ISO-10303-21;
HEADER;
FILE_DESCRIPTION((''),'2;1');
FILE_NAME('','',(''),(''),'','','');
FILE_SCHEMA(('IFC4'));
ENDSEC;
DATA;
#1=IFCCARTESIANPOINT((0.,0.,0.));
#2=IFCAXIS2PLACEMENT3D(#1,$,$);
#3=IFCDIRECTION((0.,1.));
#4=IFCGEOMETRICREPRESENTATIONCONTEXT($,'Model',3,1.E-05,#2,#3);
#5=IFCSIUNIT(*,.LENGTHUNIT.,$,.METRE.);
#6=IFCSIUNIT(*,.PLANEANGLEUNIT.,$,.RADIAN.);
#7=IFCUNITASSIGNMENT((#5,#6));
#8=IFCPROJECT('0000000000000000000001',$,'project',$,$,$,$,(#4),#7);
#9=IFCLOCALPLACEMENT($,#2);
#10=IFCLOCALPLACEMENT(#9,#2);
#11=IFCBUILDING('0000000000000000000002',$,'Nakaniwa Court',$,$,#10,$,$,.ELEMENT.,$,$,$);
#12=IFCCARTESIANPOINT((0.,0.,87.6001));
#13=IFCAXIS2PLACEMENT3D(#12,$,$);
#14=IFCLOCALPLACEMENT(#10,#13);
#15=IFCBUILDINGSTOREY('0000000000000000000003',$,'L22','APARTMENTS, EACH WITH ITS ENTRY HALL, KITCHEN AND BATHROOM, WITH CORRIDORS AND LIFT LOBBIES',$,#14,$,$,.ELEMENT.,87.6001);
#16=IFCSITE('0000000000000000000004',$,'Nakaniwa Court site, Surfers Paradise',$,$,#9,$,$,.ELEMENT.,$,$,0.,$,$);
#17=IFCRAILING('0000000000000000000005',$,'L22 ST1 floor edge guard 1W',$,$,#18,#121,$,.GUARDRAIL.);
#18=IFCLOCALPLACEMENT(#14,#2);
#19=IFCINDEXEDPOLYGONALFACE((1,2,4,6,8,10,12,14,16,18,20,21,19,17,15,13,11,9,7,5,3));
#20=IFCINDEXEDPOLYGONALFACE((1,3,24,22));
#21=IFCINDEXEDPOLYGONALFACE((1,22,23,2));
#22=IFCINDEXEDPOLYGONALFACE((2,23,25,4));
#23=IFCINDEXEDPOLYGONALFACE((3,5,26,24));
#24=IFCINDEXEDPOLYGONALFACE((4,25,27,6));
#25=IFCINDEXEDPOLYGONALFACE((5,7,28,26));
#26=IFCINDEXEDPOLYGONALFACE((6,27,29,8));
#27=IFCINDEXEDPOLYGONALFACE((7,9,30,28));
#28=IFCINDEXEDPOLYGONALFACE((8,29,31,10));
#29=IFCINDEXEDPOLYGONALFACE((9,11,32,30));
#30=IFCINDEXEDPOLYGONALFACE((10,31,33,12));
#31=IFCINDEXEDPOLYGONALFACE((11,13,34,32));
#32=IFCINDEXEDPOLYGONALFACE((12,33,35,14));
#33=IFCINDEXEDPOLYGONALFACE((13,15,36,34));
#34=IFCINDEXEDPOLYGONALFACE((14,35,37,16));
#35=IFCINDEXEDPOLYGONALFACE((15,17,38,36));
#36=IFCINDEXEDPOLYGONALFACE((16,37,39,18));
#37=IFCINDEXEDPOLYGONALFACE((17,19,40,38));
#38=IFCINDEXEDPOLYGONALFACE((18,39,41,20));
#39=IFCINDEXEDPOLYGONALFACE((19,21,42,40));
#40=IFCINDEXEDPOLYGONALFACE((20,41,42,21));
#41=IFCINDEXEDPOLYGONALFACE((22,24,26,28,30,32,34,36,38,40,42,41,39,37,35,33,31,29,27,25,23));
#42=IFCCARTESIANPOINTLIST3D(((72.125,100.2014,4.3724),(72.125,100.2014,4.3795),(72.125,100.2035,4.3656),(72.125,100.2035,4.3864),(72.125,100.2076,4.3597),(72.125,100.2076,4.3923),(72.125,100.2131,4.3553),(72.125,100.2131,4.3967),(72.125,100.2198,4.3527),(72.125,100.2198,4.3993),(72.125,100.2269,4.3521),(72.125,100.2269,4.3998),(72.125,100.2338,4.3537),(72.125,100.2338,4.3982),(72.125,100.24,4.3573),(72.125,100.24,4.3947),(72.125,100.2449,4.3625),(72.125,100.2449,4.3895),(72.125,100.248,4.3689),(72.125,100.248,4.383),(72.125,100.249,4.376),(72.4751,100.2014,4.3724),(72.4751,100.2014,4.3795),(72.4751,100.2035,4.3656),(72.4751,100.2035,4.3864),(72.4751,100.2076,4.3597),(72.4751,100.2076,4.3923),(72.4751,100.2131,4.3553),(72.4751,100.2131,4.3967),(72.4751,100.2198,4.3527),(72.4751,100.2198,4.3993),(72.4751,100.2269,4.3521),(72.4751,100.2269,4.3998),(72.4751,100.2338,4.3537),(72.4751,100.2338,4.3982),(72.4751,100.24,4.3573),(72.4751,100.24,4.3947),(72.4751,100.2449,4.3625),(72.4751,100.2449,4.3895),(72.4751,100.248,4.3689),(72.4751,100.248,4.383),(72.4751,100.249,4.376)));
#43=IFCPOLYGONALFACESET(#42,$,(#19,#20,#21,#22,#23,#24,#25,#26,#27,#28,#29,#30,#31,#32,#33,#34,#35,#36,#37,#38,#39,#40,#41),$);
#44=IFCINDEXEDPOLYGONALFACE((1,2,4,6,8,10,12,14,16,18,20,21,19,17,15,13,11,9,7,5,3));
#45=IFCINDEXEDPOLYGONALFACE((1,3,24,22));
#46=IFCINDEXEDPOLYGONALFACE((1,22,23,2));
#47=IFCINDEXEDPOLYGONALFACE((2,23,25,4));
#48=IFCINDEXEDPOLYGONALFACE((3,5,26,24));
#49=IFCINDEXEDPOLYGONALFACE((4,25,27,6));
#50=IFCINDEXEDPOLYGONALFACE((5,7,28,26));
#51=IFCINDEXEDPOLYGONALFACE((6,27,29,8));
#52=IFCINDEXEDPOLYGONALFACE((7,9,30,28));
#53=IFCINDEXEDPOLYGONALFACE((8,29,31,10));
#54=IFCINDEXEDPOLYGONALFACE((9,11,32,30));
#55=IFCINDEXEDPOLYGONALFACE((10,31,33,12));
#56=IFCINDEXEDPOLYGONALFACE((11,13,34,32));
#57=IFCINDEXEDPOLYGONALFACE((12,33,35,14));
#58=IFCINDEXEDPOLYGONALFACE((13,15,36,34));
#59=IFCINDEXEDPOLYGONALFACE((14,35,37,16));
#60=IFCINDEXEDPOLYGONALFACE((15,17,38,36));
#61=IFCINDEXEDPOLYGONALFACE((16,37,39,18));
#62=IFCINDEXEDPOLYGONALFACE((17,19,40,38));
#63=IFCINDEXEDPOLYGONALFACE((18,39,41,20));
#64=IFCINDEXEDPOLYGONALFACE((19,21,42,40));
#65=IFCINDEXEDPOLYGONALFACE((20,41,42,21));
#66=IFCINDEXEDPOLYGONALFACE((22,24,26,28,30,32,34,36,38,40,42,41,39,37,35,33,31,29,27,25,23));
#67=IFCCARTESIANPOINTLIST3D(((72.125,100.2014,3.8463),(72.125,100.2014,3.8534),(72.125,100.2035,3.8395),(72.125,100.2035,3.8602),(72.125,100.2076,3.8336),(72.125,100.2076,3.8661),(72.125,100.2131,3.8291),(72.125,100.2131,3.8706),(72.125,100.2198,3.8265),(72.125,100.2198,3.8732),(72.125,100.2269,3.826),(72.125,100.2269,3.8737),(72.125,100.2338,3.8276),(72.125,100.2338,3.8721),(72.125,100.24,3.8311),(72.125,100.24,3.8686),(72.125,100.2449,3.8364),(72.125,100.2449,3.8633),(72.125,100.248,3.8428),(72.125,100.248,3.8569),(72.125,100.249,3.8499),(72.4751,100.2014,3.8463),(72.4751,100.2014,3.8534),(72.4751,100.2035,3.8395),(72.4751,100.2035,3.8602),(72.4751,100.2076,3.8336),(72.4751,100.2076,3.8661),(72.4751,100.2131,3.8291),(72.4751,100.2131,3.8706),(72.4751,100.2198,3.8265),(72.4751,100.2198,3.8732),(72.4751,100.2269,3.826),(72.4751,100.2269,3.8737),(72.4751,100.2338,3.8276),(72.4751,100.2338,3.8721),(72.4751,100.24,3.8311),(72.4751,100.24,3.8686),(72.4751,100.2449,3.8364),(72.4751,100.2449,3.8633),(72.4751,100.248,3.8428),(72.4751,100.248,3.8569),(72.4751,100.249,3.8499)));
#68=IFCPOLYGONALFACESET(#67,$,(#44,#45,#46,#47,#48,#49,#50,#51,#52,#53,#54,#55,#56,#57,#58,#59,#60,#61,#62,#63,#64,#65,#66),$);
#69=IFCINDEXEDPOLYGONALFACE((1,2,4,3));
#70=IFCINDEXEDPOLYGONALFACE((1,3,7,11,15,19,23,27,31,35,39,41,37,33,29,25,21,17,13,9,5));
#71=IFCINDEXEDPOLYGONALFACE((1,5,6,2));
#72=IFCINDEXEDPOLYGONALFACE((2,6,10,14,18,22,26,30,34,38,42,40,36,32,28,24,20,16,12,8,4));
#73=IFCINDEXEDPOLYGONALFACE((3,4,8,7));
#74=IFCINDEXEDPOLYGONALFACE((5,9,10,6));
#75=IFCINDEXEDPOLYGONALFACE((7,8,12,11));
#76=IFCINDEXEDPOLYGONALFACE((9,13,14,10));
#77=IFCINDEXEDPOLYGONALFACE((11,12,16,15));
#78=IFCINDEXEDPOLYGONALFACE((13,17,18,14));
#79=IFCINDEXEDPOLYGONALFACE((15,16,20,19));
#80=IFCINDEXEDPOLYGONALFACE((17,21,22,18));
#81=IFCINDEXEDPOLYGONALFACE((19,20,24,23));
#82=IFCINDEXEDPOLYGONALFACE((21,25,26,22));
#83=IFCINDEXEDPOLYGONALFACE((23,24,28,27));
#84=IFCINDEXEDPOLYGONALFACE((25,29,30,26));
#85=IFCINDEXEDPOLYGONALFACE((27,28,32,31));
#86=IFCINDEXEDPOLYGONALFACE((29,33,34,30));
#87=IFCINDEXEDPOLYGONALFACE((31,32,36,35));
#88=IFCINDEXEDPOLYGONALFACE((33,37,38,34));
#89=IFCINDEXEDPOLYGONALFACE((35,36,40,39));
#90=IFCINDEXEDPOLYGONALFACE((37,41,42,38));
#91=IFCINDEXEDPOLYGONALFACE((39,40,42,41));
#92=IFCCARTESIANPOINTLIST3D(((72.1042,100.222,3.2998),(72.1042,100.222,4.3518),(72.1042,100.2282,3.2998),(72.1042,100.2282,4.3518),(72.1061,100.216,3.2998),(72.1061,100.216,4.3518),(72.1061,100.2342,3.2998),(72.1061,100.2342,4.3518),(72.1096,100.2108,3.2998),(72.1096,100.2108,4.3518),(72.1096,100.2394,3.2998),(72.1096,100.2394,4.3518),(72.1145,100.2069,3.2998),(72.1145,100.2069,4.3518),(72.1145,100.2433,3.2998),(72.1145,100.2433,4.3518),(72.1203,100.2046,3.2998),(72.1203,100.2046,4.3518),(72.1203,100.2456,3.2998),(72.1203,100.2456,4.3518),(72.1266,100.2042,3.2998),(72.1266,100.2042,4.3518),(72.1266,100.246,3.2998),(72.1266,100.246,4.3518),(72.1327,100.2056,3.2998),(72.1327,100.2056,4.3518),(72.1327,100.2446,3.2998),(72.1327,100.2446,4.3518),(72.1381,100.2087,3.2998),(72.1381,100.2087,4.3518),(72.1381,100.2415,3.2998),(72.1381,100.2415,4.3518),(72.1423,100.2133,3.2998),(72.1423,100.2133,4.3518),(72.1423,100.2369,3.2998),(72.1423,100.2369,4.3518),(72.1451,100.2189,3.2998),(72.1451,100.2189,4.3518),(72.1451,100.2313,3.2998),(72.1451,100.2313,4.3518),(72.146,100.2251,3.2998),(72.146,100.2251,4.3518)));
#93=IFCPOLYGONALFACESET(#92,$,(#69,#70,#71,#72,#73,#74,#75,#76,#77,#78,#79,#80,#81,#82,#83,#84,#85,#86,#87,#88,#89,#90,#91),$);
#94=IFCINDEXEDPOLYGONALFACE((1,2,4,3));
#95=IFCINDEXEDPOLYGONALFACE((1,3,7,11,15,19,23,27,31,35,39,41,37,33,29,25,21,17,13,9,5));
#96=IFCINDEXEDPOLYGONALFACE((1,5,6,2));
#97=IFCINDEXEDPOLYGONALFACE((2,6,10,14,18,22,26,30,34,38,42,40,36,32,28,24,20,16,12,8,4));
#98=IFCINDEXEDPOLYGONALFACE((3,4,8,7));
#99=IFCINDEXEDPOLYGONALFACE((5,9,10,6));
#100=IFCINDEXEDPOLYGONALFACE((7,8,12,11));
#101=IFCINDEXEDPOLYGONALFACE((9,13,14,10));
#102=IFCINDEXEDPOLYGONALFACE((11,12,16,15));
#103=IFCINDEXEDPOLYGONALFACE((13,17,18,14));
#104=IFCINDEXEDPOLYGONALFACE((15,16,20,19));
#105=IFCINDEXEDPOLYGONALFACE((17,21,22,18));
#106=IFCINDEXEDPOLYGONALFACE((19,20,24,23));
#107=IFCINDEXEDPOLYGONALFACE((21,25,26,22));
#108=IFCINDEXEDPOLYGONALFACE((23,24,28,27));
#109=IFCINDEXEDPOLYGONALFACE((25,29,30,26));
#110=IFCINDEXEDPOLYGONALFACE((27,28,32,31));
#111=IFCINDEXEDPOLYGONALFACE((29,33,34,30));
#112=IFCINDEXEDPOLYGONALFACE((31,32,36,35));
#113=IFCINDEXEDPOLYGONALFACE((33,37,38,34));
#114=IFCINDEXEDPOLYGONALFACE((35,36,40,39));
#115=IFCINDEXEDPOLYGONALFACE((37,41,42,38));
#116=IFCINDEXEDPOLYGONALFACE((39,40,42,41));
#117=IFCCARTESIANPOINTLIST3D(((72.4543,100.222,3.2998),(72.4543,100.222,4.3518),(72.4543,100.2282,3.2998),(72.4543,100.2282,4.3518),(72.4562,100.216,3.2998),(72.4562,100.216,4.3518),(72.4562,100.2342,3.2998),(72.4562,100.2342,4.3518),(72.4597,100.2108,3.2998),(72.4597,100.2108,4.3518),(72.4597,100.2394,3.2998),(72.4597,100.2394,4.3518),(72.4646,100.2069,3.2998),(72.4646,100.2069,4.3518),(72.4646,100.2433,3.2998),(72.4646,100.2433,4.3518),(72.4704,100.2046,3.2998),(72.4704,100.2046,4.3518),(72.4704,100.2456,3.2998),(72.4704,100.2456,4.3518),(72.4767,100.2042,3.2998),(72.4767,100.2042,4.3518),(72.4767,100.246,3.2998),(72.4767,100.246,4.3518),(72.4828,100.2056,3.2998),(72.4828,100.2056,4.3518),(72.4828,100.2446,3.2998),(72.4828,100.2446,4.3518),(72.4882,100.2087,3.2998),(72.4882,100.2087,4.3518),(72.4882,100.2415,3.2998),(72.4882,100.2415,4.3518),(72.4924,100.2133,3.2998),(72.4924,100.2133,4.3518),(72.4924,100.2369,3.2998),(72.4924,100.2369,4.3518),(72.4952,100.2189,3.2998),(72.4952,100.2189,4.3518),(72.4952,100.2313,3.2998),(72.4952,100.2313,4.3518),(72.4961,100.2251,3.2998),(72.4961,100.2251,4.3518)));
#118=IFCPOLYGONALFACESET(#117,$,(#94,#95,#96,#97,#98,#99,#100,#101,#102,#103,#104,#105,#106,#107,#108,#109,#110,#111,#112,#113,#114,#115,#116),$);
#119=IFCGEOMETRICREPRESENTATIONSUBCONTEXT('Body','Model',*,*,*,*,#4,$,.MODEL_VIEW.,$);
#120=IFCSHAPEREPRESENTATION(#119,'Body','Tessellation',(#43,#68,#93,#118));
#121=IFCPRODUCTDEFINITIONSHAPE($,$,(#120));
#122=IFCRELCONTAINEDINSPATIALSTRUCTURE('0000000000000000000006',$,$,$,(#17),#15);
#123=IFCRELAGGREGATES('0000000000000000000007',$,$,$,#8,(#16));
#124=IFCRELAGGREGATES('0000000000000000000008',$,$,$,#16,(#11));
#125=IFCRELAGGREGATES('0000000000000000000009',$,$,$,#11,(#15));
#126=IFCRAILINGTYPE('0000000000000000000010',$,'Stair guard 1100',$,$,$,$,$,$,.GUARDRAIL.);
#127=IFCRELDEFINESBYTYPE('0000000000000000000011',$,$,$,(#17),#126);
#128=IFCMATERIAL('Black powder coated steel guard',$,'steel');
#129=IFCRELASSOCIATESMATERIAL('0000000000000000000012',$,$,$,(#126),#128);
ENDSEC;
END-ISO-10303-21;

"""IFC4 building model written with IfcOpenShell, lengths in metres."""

from ifc_helpers import new_model, si_unit, direction, frame, origin, origin_2d, place, context, subcontext, project, spatial, circle, extrude, material, type_object, element, save


model = new_model("IFC4")

# Units and contexts
model_context = context("Model", 3, precision=1e-05, world=origin(), true_north=direction((0.0, 1.0)))
body_context = subcontext(model_context, "Body", "Model", "MODEL_VIEW")
ifc_project = project(units=[si_unit("LENGTHUNIT", "METRE"), si_unit("PLANEANGLEUNIT", "RADIAN")], contexts=[model_context])

# Site, building, storey
site_placement = place(None, origin())
site = spatial("IfcSite", under=ifc_project, at=site_placement, Name="Nakaniwa Court site, Surfers Paradise", CompositionType="ELEMENT", RefElevation=0.0)
building_placement = place(site_placement, origin())
building = spatial("IfcBuilding", under=site, at=building_placement, Name="Nakaniwa Court", CompositionType="ELEMENT")
storey_placement = place(building_placement, frame((0.0, 0.0, 87.6001)))
storey = spatial("IfcBuildingStorey", under=building, at=storey_placement, Name="L22", Description="APARTMENTS, EACH WITH ITS ENTRY HALL, KITCHEN AND BATHROOM, WITH CORRIDORS AND LIFT LOBBIES", CompositionType="ELEMENT", Elevation=87.6001)

# Railing
ifc_material_1 = material(Name="Black powder coated steel guard", Category="steel")
railing_type_1 = type_object("IfcRailingType", Name="Stair guard 1100", PredefinedType="GUARDRAIL", material=ifc_material_1)
for number, where, name in (
    (1, (72.125, 100.2251, 3.2998), "L22 ST1 floor edge guard 1W"),
):
    element("IfcRailing", number, at=place(storey_placement, frame(where)), inside=storey, type_object=railing_type_1, Name=name, PredefinedType="GUARDRAIL", context=body_context, shape_type="SweptSolid", body=[
        extrude(circle(Radius=0.0239, at=origin_2d()), frame((0.0, 0.0, 1.0762), z_axis=(1.0, 0.0, 0.0), x_axis=(0.0, 1.0, 0.0)), (0.0, 0.0, 1.0), 0.3501),
        extrude(circle(Radius=0.0239, at=origin_2d()), frame((0.0, 0.0, 0.55), z_axis=(1.0, 0.0, 0.0), x_axis=(0.0, 1.0, 0.0)), (0.0, 0.0, 1.0), 0.3501),
        extrude(circle(Radius=0.021, at=origin_2d()), origin(), (0.0, 0.0, 1.0), 1.052),
        extrude(circle(Radius=0.021, at=origin_2d()), frame((0.3501, 0.0, 0.0)), (0.0, 0.0, 1.0), 1.052),
    ])

save(model, "model.ifc")
